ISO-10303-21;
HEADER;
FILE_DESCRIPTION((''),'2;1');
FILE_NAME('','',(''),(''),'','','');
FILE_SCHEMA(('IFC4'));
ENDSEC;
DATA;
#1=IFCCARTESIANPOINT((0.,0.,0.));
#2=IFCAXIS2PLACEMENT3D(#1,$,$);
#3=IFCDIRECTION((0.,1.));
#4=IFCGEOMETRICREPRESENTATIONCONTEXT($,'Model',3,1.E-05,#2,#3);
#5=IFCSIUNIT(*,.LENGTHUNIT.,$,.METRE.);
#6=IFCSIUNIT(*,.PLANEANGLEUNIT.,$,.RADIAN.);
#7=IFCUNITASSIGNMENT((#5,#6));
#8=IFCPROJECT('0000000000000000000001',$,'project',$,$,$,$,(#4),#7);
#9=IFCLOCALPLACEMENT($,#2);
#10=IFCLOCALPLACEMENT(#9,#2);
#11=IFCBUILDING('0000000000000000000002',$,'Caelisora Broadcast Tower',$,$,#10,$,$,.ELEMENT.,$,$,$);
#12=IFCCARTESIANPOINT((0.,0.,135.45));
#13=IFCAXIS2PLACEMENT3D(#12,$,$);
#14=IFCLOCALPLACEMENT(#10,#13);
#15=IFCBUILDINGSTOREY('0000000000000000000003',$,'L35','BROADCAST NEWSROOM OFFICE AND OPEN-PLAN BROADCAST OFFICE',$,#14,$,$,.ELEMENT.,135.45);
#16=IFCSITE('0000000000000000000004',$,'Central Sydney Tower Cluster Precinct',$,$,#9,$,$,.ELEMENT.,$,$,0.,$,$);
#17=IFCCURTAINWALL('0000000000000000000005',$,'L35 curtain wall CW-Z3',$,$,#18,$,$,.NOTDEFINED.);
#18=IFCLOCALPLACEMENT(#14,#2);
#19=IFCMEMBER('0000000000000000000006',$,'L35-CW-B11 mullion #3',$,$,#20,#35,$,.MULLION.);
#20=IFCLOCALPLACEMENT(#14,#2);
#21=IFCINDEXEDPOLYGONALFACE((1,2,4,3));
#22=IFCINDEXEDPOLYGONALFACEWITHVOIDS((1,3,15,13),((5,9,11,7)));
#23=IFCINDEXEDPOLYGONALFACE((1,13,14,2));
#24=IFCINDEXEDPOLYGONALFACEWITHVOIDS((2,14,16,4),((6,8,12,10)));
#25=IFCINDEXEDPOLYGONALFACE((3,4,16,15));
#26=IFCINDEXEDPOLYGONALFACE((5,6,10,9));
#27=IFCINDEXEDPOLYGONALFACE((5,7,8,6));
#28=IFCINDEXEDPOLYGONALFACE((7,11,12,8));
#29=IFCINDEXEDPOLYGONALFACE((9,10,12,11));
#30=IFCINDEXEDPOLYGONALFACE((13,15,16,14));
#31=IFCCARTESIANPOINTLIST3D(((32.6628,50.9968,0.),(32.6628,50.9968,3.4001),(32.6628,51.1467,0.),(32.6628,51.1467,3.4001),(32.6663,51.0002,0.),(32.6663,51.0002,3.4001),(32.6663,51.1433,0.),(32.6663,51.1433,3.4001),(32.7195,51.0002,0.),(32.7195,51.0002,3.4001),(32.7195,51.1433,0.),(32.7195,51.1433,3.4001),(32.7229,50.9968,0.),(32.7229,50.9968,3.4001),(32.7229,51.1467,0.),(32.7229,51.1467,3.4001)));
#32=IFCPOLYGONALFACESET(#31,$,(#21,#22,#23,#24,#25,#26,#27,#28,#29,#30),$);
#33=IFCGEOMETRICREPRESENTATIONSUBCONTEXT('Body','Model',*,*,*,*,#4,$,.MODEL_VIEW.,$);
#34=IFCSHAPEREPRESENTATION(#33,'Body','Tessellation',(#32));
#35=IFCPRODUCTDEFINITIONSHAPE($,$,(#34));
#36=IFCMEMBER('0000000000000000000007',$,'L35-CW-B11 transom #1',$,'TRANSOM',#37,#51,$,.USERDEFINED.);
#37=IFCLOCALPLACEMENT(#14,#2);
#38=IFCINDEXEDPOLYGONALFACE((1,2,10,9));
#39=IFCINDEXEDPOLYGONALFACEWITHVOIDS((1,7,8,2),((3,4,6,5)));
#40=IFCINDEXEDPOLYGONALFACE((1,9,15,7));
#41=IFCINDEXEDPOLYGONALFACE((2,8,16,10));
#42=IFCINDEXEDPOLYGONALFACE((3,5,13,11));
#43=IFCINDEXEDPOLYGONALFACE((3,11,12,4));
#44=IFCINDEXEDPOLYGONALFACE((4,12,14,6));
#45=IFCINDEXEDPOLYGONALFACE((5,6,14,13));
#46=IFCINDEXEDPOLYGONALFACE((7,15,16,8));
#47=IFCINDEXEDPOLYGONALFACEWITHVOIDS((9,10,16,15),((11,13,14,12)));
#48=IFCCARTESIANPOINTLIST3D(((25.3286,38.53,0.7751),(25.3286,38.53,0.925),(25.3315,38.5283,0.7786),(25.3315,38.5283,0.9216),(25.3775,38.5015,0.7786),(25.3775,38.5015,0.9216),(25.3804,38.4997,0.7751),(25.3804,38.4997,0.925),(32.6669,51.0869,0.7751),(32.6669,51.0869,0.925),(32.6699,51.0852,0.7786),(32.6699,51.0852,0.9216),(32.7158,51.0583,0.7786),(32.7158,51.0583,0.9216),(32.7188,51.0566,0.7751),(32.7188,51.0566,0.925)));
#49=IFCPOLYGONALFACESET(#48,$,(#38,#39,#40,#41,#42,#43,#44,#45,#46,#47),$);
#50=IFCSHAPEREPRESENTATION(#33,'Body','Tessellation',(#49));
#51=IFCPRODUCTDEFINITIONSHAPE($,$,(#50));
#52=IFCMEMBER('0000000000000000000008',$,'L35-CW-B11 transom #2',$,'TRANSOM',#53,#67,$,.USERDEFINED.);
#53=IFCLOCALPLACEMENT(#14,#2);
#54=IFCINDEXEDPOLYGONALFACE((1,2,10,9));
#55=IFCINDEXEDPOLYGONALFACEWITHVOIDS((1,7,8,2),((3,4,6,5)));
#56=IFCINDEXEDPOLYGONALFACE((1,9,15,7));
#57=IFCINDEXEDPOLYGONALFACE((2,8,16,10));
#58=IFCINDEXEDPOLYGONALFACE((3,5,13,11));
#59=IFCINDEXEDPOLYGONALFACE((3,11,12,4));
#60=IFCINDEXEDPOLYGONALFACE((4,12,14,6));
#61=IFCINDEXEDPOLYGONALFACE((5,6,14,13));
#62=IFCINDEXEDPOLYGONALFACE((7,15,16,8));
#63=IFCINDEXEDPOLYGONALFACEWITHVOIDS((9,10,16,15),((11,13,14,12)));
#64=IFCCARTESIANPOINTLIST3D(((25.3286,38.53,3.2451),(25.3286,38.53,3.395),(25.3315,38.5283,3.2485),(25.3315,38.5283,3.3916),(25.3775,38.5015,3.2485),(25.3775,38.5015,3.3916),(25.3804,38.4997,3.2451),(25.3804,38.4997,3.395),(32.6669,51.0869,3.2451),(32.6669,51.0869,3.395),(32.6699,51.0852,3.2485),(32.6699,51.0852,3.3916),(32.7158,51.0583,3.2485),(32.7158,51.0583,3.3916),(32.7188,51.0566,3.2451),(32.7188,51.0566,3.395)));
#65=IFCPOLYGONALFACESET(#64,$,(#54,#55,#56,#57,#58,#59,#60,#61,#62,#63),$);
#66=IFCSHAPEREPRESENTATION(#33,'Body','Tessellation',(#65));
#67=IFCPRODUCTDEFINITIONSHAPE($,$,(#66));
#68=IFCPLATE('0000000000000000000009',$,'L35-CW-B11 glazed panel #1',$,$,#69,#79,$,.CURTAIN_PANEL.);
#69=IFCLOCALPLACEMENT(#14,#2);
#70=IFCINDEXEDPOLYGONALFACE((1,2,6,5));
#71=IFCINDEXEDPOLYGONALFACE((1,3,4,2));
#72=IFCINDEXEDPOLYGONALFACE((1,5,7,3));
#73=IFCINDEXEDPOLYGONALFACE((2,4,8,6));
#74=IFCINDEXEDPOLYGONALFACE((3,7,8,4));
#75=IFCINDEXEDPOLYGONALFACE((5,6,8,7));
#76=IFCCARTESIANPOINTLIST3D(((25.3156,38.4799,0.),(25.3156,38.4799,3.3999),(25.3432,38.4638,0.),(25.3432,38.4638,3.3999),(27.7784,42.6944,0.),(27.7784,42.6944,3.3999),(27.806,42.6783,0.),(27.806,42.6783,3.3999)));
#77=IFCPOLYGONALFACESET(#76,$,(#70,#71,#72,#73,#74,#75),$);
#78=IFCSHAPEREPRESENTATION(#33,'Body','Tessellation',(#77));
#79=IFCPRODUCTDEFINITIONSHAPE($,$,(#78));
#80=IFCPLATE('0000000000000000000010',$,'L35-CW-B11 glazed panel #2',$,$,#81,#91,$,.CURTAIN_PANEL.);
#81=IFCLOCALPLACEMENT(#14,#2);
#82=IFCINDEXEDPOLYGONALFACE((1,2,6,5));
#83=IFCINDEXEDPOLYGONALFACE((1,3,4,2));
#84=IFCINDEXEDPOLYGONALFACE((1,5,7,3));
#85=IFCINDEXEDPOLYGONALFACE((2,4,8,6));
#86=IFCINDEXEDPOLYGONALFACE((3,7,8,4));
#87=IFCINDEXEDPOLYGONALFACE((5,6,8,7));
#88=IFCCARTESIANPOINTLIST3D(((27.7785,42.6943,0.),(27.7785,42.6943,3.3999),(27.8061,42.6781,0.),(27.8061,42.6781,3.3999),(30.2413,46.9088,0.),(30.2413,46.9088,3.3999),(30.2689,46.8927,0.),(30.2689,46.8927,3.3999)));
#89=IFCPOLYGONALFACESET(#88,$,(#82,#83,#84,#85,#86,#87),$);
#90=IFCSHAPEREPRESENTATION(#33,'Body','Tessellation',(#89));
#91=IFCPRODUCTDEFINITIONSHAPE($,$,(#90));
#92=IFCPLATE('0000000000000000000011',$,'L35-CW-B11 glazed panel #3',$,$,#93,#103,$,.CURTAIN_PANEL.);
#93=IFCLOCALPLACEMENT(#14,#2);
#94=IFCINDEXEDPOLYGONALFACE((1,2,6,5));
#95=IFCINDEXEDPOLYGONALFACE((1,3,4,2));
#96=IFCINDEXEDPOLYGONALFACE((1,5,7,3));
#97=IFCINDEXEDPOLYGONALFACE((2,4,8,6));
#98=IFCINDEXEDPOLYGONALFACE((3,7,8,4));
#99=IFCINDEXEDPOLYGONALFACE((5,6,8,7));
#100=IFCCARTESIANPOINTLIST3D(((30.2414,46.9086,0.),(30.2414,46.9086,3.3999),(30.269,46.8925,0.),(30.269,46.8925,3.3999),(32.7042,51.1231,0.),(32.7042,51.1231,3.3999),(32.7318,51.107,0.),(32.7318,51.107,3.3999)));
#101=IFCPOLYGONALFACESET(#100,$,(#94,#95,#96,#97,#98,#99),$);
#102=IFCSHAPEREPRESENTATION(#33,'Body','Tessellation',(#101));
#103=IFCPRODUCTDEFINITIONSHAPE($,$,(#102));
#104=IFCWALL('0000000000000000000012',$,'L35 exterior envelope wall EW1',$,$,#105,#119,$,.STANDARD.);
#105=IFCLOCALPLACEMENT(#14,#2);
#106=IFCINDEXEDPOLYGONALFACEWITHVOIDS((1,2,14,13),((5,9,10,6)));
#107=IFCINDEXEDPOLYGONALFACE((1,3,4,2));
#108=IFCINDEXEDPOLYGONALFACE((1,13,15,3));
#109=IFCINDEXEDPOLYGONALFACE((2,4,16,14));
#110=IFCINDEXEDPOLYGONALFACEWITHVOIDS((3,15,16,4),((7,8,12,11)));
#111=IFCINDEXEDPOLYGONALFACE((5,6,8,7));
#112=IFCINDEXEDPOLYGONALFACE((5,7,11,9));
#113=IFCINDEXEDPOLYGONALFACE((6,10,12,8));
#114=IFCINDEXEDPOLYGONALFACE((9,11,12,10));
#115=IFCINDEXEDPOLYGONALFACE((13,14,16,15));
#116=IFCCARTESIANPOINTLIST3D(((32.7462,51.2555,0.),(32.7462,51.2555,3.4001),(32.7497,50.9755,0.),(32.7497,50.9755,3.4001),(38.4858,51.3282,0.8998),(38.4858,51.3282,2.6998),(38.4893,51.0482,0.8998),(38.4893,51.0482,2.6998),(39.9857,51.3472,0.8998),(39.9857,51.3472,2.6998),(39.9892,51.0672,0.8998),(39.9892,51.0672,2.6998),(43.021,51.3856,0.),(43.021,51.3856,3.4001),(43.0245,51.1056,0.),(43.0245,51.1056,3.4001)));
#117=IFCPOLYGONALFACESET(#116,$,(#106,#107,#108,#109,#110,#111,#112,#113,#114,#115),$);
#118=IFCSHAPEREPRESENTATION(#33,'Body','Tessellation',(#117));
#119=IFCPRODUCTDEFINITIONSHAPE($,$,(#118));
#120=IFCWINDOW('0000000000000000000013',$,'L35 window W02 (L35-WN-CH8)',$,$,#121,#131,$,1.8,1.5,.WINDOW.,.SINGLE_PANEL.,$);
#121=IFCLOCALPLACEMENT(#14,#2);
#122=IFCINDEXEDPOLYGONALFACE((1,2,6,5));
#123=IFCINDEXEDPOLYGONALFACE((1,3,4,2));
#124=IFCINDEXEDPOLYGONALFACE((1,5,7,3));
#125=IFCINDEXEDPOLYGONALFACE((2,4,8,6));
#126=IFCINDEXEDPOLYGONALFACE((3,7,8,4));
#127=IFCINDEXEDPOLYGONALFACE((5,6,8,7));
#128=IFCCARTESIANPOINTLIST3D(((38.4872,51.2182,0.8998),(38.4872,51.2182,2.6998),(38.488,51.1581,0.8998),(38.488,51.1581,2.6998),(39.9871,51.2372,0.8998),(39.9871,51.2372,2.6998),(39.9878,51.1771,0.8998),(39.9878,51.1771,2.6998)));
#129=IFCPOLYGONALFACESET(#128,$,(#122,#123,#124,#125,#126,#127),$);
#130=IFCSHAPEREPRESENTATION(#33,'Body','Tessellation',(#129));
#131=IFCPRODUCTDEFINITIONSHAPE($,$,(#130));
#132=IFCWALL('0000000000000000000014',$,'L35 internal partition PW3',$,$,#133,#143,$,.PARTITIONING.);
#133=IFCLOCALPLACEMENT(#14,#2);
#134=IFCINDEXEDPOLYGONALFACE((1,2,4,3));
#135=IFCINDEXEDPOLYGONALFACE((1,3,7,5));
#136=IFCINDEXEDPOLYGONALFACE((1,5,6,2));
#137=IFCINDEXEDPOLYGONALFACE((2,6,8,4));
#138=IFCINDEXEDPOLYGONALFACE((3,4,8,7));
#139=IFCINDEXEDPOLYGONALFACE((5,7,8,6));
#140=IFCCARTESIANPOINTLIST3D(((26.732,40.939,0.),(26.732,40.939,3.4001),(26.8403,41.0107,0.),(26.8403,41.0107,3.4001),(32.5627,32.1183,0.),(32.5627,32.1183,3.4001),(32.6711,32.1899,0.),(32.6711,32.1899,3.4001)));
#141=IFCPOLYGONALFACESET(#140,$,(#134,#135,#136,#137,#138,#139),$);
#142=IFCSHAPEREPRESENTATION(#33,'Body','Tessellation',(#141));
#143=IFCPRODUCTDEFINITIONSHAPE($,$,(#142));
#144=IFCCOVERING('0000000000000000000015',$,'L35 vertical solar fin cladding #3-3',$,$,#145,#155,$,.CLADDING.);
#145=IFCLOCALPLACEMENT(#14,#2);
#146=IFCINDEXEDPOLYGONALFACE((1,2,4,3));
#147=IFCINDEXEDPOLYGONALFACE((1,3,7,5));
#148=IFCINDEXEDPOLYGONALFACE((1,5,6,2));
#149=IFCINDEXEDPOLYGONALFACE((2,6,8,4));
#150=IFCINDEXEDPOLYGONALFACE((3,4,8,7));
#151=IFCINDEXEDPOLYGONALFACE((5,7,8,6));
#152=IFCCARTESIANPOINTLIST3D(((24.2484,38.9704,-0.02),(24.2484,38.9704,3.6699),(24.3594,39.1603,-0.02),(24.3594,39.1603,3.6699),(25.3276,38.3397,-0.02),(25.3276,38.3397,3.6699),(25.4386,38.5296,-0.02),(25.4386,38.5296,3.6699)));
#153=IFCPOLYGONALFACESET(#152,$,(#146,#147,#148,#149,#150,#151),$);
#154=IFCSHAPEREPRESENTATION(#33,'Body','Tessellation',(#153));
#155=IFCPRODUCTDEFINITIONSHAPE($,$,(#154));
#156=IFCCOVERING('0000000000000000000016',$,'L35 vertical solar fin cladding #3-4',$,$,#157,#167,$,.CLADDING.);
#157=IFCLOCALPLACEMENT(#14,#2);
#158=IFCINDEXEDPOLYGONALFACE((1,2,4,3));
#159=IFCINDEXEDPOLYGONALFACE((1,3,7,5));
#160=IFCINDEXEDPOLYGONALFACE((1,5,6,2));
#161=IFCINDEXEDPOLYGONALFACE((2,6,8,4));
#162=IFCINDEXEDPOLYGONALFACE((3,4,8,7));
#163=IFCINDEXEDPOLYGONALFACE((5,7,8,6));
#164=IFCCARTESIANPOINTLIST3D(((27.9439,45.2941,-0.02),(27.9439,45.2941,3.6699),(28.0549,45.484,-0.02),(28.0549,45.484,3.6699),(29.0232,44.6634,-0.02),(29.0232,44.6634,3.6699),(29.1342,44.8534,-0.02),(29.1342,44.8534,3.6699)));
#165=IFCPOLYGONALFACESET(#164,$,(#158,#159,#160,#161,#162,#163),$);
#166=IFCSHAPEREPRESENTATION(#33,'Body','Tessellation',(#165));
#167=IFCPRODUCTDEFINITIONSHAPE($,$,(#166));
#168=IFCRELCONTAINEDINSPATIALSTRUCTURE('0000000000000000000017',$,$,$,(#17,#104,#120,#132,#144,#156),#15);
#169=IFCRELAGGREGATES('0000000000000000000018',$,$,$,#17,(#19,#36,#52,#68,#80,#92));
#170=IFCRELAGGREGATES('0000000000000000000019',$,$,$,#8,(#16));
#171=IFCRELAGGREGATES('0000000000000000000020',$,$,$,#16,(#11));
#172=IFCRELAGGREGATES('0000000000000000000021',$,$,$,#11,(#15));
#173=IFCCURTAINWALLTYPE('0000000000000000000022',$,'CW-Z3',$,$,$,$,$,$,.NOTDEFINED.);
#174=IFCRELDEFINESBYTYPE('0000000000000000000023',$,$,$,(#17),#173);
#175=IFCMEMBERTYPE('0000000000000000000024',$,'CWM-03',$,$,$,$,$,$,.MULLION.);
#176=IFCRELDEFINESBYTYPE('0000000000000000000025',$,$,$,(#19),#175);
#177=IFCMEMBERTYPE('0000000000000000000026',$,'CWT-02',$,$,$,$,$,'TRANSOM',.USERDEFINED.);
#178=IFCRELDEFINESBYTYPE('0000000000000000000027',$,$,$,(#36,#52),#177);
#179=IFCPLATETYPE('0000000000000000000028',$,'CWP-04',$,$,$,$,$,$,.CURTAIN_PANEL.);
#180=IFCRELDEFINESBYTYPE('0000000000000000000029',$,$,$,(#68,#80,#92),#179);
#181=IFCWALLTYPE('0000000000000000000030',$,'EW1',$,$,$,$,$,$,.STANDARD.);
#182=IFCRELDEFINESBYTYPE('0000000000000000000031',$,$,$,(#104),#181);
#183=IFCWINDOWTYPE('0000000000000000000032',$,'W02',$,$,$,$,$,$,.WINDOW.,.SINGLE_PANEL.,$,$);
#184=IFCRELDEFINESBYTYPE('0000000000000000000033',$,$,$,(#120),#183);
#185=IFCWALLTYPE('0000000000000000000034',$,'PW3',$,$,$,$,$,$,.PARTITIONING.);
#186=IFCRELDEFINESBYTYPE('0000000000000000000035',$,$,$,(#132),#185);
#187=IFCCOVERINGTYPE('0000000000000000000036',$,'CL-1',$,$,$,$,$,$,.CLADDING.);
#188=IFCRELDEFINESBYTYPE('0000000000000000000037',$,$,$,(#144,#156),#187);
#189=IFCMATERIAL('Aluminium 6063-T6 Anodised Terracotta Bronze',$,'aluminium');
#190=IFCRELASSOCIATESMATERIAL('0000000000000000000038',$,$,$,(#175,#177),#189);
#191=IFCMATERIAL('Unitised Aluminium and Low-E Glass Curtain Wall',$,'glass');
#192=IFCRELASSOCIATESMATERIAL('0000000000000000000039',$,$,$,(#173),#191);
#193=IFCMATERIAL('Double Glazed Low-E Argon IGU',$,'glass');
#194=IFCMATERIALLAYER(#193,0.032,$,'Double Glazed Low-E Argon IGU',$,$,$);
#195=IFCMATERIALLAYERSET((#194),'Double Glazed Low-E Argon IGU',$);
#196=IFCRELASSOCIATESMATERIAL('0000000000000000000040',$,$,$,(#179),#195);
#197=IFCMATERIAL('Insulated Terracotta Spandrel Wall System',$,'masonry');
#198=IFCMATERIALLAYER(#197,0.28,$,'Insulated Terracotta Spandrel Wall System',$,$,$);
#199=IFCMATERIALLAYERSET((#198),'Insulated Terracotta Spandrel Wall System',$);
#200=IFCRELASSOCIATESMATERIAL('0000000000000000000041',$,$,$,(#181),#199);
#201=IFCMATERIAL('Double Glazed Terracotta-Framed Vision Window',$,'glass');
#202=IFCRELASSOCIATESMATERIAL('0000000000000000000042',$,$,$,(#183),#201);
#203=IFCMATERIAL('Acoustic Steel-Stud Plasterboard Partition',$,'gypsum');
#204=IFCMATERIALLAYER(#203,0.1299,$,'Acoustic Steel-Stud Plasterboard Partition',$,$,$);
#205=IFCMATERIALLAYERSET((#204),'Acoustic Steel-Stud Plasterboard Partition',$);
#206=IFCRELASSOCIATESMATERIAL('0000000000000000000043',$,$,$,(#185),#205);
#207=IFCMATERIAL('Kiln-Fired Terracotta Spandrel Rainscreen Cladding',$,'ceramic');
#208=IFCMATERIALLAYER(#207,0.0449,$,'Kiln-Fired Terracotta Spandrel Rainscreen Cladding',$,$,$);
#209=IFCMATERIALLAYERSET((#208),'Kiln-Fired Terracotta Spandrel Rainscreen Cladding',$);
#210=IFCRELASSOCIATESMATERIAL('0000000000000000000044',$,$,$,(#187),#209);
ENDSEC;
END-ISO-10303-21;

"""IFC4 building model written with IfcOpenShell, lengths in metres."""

from ifc_helpers import new_model, si_unit, direction, frame, frame_2d, origin, origin_2d, place, context, subcontext, project, spatial, rectangle, hollow_rectangle, extrude, source, transform, mapped, material, layer, layer_set, material_profile, profile_set, type_object, type_shapes, element, fill, aggregate, save


model = new_model("IFC4")

# Units and contexts
model_context = context("Model", 3, precision=1e-05, world=origin(), true_north=direction((0.0, 1.0)))
body_context = subcontext(model_context, "Body", "Model", "MODEL_VIEW")
ifc_project = project(units=[si_unit("LENGTHUNIT", "METRE"), si_unit("PLANEANGLEUNIT", "RADIAN")], contexts=[model_context])

# Site, building, storey
site_placement = place(None, origin())
site = spatial("IfcSite", under=ifc_project, at=site_placement, Name="Central Sydney Tower Cluster Precinct", CompositionType="ELEMENT", RefElevation=0.0)
building_placement = place(site_placement, origin())
building = spatial("IfcBuilding", under=site, at=building_placement, Name="Caelisora Broadcast Tower", CompositionType="ELEMENT")
storey_placement = place(building_placement, frame((0.0, 0.0, 135.45)))
storey = spatial("IfcBuildingStorey", under=building, at=storey_placement, Name="L35", Description="BROADCAST NEWSROOM OFFICE AND OPEN-PLAN BROADCAST OFFICE", CompositionType="ELEMENT", Elevation=135.45)

# Shared definitions
ifc_material_1 = material(Name="Aluminium 6063-T6 Anodised Terracotta Bronze", Category="aluminium")
ifc_material_profile_1 = material_profile(ifc_material_1, hollow_rectangle(XDim=0.0601, YDim=0.1499, WallThickness=0.0034, at=origin_2d()), Name="Aluminium 6063-T6 Anodised Terracotta Bronze")
ifc_profile_set_1 = profile_set([ifc_material_profile_1], Name="Aluminium 6063-T6 Anodised Terracotta Bronze")
member_type_1 = type_object("IfcMemberType", Name="CWM-03", PredefinedType="MULLION", material=ifc_profile_set_1)
shared_shape_1 = source(origin(), body_context, "Body", "SweptSolid", [
    extrude(hollow_rectangle(XDim=0.0601, YDim=0.1499, WallThickness=0.0034, at=origin_2d()), origin(), (0.0, 0.0, 1.0), 3.4001),
])
type_shapes(member_type_1, [shared_shape_1])

# Curtain wall, members, plates
ifc_material_2 = material(Name="Unitised Aluminium and Low-E Glass Curtain Wall", Category="glass")
curtain_wall_type_1 = type_object("IfcCurtainWallType", Name="CW-Z3", PredefinedType="NOTDEFINED", material=ifc_material_2)
curtain_wall_1_placement = place(storey_placement, origin())
curtain_wall_1 = element("IfcCurtainWall", 1, at=curtain_wall_1_placement, inside=storey, type_object=curtain_wall_type_1, Name="L35 curtain wall CW-Z3", PredefinedType="NOTDEFINED")
member_1_placement = place(storey_placement, frame((32.6929, 51.0718, 0.0), z_axis=(0.0, 0.0, 1.0), x_axis=(1.0, 0.0, 0.0)))
member_1 = element("IfcMember", 2, at=member_1_placement, type_object=member_type_1, Name="L35-CW-B11 mullion #3", PredefinedType="MULLION", context=body_context, shape_type="MappedRepresentation", body=[
    mapped(shared_shape_1, transform((0.0, 0.0, 0.0), scale=1.0)),
])
ifc_material_profile_2 = material_profile(ifc_material_1, hollow_rectangle(XDim=0.0601, YDim=0.1499, WallThickness=0.0034, at=origin_2d()), Name="Aluminium 6063-T6 Anodised Terracotta Bronze")
ifc_profile_set_2 = profile_set([ifc_material_profile_2], Name="Aluminium 6063-T6 Anodised Terracotta Bronze")
member_type_2 = type_object("IfcMemberType", Name="CWT-02", ElementType="TRANSOM", PredefinedType="USERDEFINED", material=ifc_profile_set_2)
shared_shape_2 = source(origin(), body_context, "Body", "SweptSolid", [
    extrude(hollow_rectangle(XDim=0.0601, YDim=0.1499, WallThickness=0.0034, at=origin_2d()), origin(), (0.0, 0.0, 1.0), 14.5439),
])
type_shapes(member_type_2, [shared_shape_2])
member_2_placement = place(storey_placement, frame((25.3545, 38.5149, 0.8501), z_axis=(0.504565, 0.863374, 0.0), x_axis=(-0.863374, 0.504565, 0.0)))
member_2 = element("IfcMember", 3, at=member_2_placement, type_object=member_type_2, Name="L35-CW-B11 transom #1", ObjectType="TRANSOM", PredefinedType="USERDEFINED", context=body_context, shape_type="MappedRepresentation", body=[
    mapped(shared_shape_2, transform((0.0, 0.0, 0.0), scale=1.0)),
])
member_3_placement = place(storey_placement, frame((25.3545, 38.5149, 3.3201), z_axis=(0.504565, 0.863374, 0.0), x_axis=(-0.863374, 0.504565, 0.0)))
member_3 = element("IfcMember", 4, at=member_3_placement, type_object=member_type_2, Name="L35-CW-B11 transom #2", ObjectType="TRANSOM", PredefinedType="USERDEFINED", context=body_context, shape_type="MappedRepresentation", body=[
    mapped(shared_shape_2, transform((0.0, 0.0, 0.0), scale=1.0)),
])
ifc_material_3 = material(Name="Double Glazed Low-E Argon IGU", Category="glass")
ifc_layer_1 = layer(ifc_material_3, 0.032, Name="Double Glazed Low-E Argon IGU")
ifc_layer_set_1 = layer_set([ifc_layer_1], Name="Double Glazed Low-E Argon IGU")
plate_type = type_object("IfcPlateType", Name="CWP-04", PredefinedType="CURTAIN_PANEL", material=ifc_layer_set_1)
shared_shape_3 = source(origin(), body_context, "Body", "SweptSolid", [
    extrude(rectangle(XDim=4.8813, YDim=0.032, at=origin_2d()), origin(), (0.0, 0.0, 1.0), 3.3999),
])
type_shapes(plate_type, [shared_shape_3])
plate_1_placement = place(storey_placement, frame((26.5608, 40.5791, 0.0), z_axis=(0.0, 0.0, 1.0), x_axis=(0.504528, 0.863396, 0.0)))
plate_1 = element("IfcPlate", 5, at=plate_1_placement, type_object=plate_type, Name="L35-CW-B11 glazed panel #1", PredefinedType="CURTAIN_PANEL", context=body_context, shape_type="MappedRepresentation", body=[
    mapped(shared_shape_3, transform((0.0, 0.0, 0.0), scale=1.0)),
])
plate_2_placement = place(storey_placement, frame((29.0237, 44.7935, 0.0), z_axis=(0.0, 0.0, 1.0), x_axis=(0.504528, 0.863396, 0.0)))
plate_2 = element("IfcPlate", 6, at=plate_2_placement, type_object=plate_type, Name="L35-CW-B11 glazed panel #2", PredefinedType="CURTAIN_PANEL", context=body_context, shape_type="MappedRepresentation", body=[
    mapped(shared_shape_3, transform((0.0, 0.0, 0.0), scale=1.0)),
])
plate_3_placement = place(storey_placement, frame((31.4866, 49.0078, 0.0), z_axis=(0.0, 0.0, 1.0), x_axis=(0.504528, 0.863396, 0.0)))
plate_3 = element("IfcPlate", 7, at=plate_3_placement, type_object=plate_type, Name="L35-CW-B11 glazed panel #3", PredefinedType="CURTAIN_PANEL", context=body_context, shape_type="MappedRepresentation", body=[
    mapped(shared_shape_3, transform((0.0, 0.0, 0.0), scale=1.0)),
])
aggregate(curtain_wall_1, [member_1, member_2, member_3, plate_1, plate_2, plate_3])

# Wall, opening, window
ifc_material_4 = material(Name="Insulated Terracotta Spandrel Wall System", Category="masonry")
ifc_layer_2 = layer(ifc_material_4, 0.28, Name="Insulated Terracotta Spandrel Wall System")
ifc_layer_set_2 = layer_set([ifc_layer_2], Name="Insulated Terracotta Spandrel Wall System")
wall_type_1 = type_object("IfcWallType", Name="EW1", PredefinedType="STANDARD", material=ifc_layer_set_2)
wall_1_placement = place(storey_placement, frame((32.748, 51.1155, 0.0), z_axis=(0.0, 0.0, 1.0), x_axis=(0.99992, 0.012664, 0.0)))
wall_1 = element("IfcWall", 8, at=wall_1_placement, inside=storey, type_object=wall_type_1, Name="L35 exterior envelope wall EW1", PredefinedType="STANDARD", context=body_context, shape_type="SweptSolid", body=[
    extrude(rectangle(XDim=10.2756, YDim=0.28, at=frame_2d((5.1377, 0.0))), origin(), (0.0, 0.0, 1.0), 3.4001),
])
opening_placement = place(wall_1_placement, frame((5.74, 0.0, 0.8999)))
opening = element("IfcOpeningElement", 9, at=opening_placement, cuts=wall_1, PredefinedType="OPENING", context=body_context, shape_type="SweptSolid", body=[
    extrude(rectangle(XDim=1.5, YDim=1.8, at=frame_2d((0.75, 0.8999))), frame((0.0, 0.1521, 0.0), z_axis=(0.0, -1.0, 0.0), x_axis=(1.0, 0.0, 0.0)), (0.0, 0.0, 1.0), 0.304),
])
ifc_material_5 = material(Name="Double Glazed Terracotta-Framed Vision Window", Category="glass")
window_type = type_object("IfcWindowType", Name="W02", PartitioningType="SINGLE_PANEL", PredefinedType="WINDOW", material=ifc_material_5)
window_placement = place(opening_placement, origin())
window = element("IfcWindow", 10, at=window_placement, inside=storey, type_object=window_type, Name="L35 window W02 (L35-WN-CH8)", OverallHeight=1.8, OverallWidth=1.5, PartitioningType="SINGLE_PANEL", PredefinedType="WINDOW", context=body_context, shape_type="SweptSolid", body=[
    extrude(rectangle(XDim=1.5, YDim=1.8, at=frame_2d((0.75, 0.8999))), frame((0.0, 0.03, 0.0), z_axis=(0.0, -1.0, 0.0), x_axis=(1.0, 0.0, 0.0)), (0.0, 0.0, 1.0), 0.0601),
])
fill(opening, window)

# Wall
ifc_material_6 = material(Name="Acoustic Steel-Stud Plasterboard Partition", Category="gypsum")
ifc_layer_3 = layer(ifc_material_6, 0.1299, Name="Acoustic Steel-Stud Plasterboard Partition")
ifc_layer_set_3 = layer_set([ifc_layer_3], Name="Acoustic Steel-Stud Plasterboard Partition")
wall_type_2 = type_object("IfcWallType", Name="PW3", PredefinedType="PARTITIONING", material=ifc_layer_set_3)
wall_2_placement = place(storey_placement, frame((26.7861, 40.9749, 0.0), z_axis=(0.0, 0.0, 1.0), x_axis=(0.55144, -0.834214, 0.0)))
element("IfcWall", 11, at=wall_2_placement, inside=storey, type_object=wall_type_2, Name="L35 internal partition PW3", PredefinedType="PARTITIONING", context=body_context, shape_type="SweptSolid", body=[
    extrude(rectangle(XDim=10.5737, YDim=0.1299, at=frame_2d((5.2869, 0.0))), origin(), (0.0, 0.0, 1.0), 3.4001),
])

# Coverings
ifc_material_7 = material(Name="Kiln-Fired Terracotta Spandrel Rainscreen Cladding", Category="ceramic")
ifc_layer_4 = layer(ifc_material_7, 0.0449, Name="Kiln-Fired Terracotta Spandrel Rainscreen Cladding")
ifc_layer_set_4 = layer_set([ifc_layer_4], Name="Kiln-Fired Terracotta Spandrel Rainscreen Cladding")
covering_type = type_object("IfcCoveringType", Name="CL-1", PredefinedType="CLADDING", material=ifc_layer_set_4)
shared_shape_4 = source(origin(), body_context, "Body", "SweptSolid", [
    extrude(rectangle(XDim=0.22, YDim=1.25, at=origin_2d()), origin(), (0.0, 0.0, 1.0), 3.6899),
])
type_shapes(covering_type, [shared_shape_4])
for number, where, z_axis, x_axis, name in (
    (12, (24.8435, 38.75, -0.02), (0.0, 0.0, 1.0), (0.504528, 0.863396, 0.0), "L35 vertical solar fin cladding #3-3"),
    (13, (28.5391, 45.0737, -0.02), (0.0, 0.0, 1.0), (0.504528, 0.863396, 0.0), "L35 vertical solar fin cladding #3-4"),
):
    element("IfcCovering", number, at=place(storey_placement, frame(where, z_axis=z_axis, x_axis=x_axis)), inside=storey, type_object=covering_type, Name=name, PredefinedType="CLADDING", context=body_context, shape_type="MappedRepresentation", body=[
        mapped(shared_shape_4, transform((0.0, 0.0, 0.0), scale=1.0)),
    ])

save(model, "model.ifc")
